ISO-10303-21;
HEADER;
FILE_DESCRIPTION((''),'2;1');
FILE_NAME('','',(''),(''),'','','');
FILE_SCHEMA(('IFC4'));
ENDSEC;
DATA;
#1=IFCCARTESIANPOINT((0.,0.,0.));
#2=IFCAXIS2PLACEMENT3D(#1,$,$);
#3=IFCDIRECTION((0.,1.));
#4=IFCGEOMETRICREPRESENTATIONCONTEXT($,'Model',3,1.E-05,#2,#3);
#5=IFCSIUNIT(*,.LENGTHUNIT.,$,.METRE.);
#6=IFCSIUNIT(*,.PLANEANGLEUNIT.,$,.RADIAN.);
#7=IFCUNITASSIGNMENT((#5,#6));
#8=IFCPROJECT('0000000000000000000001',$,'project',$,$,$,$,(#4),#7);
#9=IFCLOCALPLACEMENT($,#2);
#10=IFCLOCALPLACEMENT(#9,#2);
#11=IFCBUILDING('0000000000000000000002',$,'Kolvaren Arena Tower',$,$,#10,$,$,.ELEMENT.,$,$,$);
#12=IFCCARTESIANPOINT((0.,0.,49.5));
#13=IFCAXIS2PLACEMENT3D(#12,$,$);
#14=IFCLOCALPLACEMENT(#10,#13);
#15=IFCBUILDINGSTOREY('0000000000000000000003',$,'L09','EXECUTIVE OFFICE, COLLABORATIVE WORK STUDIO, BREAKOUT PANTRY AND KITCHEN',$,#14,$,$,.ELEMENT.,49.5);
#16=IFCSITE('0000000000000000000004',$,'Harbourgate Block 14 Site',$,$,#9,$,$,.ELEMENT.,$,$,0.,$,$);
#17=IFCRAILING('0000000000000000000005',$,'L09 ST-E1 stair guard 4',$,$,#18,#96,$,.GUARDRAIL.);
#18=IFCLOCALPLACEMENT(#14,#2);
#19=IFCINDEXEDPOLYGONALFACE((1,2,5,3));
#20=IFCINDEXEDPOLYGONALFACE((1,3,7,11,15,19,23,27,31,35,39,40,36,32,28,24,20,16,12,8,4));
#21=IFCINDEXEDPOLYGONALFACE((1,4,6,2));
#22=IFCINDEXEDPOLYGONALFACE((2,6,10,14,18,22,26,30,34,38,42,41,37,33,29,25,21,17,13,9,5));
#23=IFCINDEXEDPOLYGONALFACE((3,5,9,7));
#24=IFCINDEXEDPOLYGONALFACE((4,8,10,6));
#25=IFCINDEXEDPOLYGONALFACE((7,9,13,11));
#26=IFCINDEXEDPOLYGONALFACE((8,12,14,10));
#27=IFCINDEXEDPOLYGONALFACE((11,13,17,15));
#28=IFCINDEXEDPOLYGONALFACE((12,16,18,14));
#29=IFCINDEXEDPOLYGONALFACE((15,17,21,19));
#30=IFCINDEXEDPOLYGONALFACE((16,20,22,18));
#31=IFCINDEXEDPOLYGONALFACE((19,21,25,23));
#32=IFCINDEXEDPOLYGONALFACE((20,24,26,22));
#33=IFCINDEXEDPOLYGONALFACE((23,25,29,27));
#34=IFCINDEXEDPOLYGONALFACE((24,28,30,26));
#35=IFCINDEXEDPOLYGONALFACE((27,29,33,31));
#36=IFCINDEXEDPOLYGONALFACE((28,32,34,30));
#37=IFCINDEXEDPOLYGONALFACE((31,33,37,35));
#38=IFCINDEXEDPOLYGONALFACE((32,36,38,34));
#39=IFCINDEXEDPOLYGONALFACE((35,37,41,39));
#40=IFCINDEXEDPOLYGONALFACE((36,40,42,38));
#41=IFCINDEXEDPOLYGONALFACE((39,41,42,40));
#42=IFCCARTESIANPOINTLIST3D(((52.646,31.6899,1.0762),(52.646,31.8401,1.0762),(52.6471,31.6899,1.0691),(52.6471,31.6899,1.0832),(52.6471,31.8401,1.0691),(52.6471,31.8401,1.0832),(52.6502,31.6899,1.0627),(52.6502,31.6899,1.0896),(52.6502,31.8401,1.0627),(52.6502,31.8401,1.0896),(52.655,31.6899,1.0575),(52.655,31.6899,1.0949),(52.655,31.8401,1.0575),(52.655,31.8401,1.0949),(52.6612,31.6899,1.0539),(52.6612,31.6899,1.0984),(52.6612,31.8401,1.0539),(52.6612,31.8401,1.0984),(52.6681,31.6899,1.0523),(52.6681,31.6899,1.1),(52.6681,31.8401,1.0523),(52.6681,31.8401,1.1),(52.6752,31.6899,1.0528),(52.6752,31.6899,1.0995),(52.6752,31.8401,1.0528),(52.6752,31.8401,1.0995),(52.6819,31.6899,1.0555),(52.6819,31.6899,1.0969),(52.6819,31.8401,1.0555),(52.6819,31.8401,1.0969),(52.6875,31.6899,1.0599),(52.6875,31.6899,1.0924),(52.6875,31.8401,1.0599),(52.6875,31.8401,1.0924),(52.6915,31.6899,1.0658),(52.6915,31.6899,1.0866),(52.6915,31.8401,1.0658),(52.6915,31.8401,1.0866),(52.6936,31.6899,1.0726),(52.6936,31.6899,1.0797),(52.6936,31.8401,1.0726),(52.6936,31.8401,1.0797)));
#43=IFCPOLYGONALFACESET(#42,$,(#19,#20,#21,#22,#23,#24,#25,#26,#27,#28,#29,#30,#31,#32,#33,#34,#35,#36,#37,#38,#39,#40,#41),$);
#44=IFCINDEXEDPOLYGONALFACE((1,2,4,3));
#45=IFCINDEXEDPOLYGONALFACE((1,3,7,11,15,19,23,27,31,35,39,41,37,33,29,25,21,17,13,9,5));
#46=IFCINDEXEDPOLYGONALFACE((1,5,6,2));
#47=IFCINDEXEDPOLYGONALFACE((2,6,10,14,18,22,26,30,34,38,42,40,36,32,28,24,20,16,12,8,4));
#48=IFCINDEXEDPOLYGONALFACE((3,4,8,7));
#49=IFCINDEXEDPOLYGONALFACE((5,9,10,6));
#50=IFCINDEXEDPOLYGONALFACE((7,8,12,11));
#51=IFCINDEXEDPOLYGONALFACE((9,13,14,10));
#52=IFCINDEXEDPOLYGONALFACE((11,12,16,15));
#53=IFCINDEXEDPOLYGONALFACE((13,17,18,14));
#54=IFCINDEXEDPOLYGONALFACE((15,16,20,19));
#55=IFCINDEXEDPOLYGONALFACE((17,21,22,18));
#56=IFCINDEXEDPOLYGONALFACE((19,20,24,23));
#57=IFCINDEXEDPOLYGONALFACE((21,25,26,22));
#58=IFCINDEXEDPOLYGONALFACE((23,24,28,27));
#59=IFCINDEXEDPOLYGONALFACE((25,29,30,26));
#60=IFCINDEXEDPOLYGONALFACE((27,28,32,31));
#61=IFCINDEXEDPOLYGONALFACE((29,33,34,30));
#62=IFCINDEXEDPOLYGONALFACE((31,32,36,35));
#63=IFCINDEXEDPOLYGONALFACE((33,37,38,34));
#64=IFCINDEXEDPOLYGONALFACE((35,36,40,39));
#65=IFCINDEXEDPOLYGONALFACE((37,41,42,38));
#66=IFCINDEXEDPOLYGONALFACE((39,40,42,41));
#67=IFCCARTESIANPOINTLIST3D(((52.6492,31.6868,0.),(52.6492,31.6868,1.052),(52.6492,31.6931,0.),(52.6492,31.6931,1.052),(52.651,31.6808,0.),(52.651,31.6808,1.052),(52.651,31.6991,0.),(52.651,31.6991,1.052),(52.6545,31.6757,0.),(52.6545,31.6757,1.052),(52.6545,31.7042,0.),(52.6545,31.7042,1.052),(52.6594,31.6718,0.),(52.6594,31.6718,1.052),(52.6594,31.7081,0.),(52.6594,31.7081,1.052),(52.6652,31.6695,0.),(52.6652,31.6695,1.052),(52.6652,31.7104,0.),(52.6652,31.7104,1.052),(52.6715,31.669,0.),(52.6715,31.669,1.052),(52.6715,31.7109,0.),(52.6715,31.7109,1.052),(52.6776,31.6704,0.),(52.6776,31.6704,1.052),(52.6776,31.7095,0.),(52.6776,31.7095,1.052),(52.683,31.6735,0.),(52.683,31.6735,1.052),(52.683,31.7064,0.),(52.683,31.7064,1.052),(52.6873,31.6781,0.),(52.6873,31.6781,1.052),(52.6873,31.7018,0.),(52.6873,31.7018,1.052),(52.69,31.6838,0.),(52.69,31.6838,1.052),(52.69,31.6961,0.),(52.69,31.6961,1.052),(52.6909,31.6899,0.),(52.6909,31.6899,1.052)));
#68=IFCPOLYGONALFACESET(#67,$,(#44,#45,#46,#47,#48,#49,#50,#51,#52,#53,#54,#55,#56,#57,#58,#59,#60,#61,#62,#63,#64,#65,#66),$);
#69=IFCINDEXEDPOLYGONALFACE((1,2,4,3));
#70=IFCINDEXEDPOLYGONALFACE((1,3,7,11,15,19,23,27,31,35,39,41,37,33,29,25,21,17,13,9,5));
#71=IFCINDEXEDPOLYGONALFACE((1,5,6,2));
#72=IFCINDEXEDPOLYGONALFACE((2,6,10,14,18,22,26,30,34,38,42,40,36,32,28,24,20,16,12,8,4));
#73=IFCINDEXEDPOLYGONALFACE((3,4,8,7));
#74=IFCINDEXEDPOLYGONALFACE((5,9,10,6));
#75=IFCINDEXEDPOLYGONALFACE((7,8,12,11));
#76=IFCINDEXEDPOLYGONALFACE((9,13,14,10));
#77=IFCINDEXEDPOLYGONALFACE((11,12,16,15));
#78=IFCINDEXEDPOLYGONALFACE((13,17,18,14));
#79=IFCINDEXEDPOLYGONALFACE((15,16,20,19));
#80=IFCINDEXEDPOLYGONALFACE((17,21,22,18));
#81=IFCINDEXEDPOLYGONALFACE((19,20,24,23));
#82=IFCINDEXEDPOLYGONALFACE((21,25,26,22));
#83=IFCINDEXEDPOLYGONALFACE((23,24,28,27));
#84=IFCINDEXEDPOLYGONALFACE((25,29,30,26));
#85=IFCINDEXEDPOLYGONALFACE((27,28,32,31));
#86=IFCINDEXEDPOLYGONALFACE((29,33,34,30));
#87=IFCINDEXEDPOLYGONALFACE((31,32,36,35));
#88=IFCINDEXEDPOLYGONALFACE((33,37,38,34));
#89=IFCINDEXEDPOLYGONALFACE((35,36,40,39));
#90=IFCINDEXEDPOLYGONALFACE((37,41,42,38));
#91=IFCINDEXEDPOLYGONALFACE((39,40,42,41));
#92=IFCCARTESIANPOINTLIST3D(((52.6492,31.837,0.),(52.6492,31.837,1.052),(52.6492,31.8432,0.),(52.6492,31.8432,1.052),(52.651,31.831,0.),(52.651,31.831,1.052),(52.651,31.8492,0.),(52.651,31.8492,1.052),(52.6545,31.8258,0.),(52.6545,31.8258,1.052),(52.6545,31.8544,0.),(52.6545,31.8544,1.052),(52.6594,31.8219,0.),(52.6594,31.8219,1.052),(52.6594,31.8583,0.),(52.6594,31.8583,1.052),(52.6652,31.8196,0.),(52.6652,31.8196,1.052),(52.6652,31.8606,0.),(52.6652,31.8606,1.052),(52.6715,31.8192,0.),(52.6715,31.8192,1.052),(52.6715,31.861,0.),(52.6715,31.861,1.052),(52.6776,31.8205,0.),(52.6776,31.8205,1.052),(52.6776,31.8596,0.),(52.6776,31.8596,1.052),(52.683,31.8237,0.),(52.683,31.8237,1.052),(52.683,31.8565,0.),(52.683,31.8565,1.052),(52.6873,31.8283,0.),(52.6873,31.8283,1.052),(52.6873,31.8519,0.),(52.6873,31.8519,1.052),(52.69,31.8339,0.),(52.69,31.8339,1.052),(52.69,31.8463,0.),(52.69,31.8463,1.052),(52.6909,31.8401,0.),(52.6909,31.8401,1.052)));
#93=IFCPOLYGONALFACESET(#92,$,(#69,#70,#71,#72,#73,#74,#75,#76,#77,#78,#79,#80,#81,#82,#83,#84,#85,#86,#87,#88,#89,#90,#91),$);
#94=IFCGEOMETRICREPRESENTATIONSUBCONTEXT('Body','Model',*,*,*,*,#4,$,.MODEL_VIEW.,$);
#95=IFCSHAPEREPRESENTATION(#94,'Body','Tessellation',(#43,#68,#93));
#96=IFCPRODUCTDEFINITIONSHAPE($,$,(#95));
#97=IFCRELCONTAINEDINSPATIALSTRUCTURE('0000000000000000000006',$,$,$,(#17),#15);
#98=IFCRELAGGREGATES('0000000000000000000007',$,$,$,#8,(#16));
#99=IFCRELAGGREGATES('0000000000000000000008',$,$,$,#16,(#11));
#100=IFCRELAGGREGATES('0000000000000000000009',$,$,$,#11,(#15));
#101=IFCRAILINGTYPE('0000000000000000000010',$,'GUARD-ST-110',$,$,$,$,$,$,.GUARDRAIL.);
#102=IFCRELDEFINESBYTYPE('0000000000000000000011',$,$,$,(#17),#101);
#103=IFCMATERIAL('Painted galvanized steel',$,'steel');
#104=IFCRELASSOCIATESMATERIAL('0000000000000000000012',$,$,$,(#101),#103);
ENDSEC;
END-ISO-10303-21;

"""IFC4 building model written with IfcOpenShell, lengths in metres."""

from ifc_helpers import new_model, si_unit, direction, frame, origin, origin_2d, place, context, subcontext, project, spatial, circle, extrude, material, type_object, element, save


model = new_model("IFC4")

# Units and contexts
model_context = context("Model", 3, precision=1e-05, world=origin(), true_north=direction((0.0, 1.0)))
body_context = subcontext(model_context, "Body", "Model", "MODEL_VIEW")
ifc_project = project(units=[si_unit("LENGTHUNIT", "METRE"), si_unit("PLANEANGLEUNIT", "RADIAN")], contexts=[model_context])

# Site, building, storey
site_placement = place(None, origin())
site = spatial("IfcSite", under=ifc_project, at=site_placement, Name="Harbourgate Block 14 Site", CompositionType="ELEMENT", RefElevation=0.0)
building_placement = place(site_placement, origin())
building = spatial("IfcBuilding", under=site, at=building_placement, Name="Kolvaren Arena Tower", CompositionType="ELEMENT")
storey_placement = place(building_placement, frame((0.0, 0.0, 49.5)))
storey = spatial("IfcBuildingStorey", under=building, at=storey_placement, Name="L09", Description="EXECUTIVE OFFICE, COLLABORATIVE WORK STUDIO, BREAKOUT PANTRY AND KITCHEN", CompositionType="ELEMENT", Elevation=49.5)

# Railing
ifc_material_1 = material(Name="Painted galvanized steel", Category="steel")
railing_type_1 = type_object("IfcRailingType", Name="GUARD-ST-110", PredefinedType="GUARDRAIL", material=ifc_material_1)
railing_1_placement = place(storey_placement, frame((52.6699, 31.6899, 0.0)))
element("IfcRailing", 1, at=railing_1_placement, inside=storey, type_object=railing_type_1, Name="L09 ST-E1 stair guard 4", PredefinedType="GUARDRAIL", context=body_context, shape_type="SweptSolid", body=[
    extrude(circle(Radius=0.0239, at=origin_2d()), frame((0.0, 0.0, 1.0762), z_axis=(0.0, 1.0, 0.0), x_axis=(-1.0, 0.0, 0.0)), (0.0, 0.0, 1.0), 0.1501),
    extrude(circle(Radius=0.021, at=origin_2d()), origin(), (0.0, 0.0, 1.0), 1.052),
    extrude(circle(Radius=0.021, at=origin_2d()), frame((0.0, 0.1501, 0.0)), (0.0, 0.0, 1.0), 1.052),
])

save(model, "model.ifc")
